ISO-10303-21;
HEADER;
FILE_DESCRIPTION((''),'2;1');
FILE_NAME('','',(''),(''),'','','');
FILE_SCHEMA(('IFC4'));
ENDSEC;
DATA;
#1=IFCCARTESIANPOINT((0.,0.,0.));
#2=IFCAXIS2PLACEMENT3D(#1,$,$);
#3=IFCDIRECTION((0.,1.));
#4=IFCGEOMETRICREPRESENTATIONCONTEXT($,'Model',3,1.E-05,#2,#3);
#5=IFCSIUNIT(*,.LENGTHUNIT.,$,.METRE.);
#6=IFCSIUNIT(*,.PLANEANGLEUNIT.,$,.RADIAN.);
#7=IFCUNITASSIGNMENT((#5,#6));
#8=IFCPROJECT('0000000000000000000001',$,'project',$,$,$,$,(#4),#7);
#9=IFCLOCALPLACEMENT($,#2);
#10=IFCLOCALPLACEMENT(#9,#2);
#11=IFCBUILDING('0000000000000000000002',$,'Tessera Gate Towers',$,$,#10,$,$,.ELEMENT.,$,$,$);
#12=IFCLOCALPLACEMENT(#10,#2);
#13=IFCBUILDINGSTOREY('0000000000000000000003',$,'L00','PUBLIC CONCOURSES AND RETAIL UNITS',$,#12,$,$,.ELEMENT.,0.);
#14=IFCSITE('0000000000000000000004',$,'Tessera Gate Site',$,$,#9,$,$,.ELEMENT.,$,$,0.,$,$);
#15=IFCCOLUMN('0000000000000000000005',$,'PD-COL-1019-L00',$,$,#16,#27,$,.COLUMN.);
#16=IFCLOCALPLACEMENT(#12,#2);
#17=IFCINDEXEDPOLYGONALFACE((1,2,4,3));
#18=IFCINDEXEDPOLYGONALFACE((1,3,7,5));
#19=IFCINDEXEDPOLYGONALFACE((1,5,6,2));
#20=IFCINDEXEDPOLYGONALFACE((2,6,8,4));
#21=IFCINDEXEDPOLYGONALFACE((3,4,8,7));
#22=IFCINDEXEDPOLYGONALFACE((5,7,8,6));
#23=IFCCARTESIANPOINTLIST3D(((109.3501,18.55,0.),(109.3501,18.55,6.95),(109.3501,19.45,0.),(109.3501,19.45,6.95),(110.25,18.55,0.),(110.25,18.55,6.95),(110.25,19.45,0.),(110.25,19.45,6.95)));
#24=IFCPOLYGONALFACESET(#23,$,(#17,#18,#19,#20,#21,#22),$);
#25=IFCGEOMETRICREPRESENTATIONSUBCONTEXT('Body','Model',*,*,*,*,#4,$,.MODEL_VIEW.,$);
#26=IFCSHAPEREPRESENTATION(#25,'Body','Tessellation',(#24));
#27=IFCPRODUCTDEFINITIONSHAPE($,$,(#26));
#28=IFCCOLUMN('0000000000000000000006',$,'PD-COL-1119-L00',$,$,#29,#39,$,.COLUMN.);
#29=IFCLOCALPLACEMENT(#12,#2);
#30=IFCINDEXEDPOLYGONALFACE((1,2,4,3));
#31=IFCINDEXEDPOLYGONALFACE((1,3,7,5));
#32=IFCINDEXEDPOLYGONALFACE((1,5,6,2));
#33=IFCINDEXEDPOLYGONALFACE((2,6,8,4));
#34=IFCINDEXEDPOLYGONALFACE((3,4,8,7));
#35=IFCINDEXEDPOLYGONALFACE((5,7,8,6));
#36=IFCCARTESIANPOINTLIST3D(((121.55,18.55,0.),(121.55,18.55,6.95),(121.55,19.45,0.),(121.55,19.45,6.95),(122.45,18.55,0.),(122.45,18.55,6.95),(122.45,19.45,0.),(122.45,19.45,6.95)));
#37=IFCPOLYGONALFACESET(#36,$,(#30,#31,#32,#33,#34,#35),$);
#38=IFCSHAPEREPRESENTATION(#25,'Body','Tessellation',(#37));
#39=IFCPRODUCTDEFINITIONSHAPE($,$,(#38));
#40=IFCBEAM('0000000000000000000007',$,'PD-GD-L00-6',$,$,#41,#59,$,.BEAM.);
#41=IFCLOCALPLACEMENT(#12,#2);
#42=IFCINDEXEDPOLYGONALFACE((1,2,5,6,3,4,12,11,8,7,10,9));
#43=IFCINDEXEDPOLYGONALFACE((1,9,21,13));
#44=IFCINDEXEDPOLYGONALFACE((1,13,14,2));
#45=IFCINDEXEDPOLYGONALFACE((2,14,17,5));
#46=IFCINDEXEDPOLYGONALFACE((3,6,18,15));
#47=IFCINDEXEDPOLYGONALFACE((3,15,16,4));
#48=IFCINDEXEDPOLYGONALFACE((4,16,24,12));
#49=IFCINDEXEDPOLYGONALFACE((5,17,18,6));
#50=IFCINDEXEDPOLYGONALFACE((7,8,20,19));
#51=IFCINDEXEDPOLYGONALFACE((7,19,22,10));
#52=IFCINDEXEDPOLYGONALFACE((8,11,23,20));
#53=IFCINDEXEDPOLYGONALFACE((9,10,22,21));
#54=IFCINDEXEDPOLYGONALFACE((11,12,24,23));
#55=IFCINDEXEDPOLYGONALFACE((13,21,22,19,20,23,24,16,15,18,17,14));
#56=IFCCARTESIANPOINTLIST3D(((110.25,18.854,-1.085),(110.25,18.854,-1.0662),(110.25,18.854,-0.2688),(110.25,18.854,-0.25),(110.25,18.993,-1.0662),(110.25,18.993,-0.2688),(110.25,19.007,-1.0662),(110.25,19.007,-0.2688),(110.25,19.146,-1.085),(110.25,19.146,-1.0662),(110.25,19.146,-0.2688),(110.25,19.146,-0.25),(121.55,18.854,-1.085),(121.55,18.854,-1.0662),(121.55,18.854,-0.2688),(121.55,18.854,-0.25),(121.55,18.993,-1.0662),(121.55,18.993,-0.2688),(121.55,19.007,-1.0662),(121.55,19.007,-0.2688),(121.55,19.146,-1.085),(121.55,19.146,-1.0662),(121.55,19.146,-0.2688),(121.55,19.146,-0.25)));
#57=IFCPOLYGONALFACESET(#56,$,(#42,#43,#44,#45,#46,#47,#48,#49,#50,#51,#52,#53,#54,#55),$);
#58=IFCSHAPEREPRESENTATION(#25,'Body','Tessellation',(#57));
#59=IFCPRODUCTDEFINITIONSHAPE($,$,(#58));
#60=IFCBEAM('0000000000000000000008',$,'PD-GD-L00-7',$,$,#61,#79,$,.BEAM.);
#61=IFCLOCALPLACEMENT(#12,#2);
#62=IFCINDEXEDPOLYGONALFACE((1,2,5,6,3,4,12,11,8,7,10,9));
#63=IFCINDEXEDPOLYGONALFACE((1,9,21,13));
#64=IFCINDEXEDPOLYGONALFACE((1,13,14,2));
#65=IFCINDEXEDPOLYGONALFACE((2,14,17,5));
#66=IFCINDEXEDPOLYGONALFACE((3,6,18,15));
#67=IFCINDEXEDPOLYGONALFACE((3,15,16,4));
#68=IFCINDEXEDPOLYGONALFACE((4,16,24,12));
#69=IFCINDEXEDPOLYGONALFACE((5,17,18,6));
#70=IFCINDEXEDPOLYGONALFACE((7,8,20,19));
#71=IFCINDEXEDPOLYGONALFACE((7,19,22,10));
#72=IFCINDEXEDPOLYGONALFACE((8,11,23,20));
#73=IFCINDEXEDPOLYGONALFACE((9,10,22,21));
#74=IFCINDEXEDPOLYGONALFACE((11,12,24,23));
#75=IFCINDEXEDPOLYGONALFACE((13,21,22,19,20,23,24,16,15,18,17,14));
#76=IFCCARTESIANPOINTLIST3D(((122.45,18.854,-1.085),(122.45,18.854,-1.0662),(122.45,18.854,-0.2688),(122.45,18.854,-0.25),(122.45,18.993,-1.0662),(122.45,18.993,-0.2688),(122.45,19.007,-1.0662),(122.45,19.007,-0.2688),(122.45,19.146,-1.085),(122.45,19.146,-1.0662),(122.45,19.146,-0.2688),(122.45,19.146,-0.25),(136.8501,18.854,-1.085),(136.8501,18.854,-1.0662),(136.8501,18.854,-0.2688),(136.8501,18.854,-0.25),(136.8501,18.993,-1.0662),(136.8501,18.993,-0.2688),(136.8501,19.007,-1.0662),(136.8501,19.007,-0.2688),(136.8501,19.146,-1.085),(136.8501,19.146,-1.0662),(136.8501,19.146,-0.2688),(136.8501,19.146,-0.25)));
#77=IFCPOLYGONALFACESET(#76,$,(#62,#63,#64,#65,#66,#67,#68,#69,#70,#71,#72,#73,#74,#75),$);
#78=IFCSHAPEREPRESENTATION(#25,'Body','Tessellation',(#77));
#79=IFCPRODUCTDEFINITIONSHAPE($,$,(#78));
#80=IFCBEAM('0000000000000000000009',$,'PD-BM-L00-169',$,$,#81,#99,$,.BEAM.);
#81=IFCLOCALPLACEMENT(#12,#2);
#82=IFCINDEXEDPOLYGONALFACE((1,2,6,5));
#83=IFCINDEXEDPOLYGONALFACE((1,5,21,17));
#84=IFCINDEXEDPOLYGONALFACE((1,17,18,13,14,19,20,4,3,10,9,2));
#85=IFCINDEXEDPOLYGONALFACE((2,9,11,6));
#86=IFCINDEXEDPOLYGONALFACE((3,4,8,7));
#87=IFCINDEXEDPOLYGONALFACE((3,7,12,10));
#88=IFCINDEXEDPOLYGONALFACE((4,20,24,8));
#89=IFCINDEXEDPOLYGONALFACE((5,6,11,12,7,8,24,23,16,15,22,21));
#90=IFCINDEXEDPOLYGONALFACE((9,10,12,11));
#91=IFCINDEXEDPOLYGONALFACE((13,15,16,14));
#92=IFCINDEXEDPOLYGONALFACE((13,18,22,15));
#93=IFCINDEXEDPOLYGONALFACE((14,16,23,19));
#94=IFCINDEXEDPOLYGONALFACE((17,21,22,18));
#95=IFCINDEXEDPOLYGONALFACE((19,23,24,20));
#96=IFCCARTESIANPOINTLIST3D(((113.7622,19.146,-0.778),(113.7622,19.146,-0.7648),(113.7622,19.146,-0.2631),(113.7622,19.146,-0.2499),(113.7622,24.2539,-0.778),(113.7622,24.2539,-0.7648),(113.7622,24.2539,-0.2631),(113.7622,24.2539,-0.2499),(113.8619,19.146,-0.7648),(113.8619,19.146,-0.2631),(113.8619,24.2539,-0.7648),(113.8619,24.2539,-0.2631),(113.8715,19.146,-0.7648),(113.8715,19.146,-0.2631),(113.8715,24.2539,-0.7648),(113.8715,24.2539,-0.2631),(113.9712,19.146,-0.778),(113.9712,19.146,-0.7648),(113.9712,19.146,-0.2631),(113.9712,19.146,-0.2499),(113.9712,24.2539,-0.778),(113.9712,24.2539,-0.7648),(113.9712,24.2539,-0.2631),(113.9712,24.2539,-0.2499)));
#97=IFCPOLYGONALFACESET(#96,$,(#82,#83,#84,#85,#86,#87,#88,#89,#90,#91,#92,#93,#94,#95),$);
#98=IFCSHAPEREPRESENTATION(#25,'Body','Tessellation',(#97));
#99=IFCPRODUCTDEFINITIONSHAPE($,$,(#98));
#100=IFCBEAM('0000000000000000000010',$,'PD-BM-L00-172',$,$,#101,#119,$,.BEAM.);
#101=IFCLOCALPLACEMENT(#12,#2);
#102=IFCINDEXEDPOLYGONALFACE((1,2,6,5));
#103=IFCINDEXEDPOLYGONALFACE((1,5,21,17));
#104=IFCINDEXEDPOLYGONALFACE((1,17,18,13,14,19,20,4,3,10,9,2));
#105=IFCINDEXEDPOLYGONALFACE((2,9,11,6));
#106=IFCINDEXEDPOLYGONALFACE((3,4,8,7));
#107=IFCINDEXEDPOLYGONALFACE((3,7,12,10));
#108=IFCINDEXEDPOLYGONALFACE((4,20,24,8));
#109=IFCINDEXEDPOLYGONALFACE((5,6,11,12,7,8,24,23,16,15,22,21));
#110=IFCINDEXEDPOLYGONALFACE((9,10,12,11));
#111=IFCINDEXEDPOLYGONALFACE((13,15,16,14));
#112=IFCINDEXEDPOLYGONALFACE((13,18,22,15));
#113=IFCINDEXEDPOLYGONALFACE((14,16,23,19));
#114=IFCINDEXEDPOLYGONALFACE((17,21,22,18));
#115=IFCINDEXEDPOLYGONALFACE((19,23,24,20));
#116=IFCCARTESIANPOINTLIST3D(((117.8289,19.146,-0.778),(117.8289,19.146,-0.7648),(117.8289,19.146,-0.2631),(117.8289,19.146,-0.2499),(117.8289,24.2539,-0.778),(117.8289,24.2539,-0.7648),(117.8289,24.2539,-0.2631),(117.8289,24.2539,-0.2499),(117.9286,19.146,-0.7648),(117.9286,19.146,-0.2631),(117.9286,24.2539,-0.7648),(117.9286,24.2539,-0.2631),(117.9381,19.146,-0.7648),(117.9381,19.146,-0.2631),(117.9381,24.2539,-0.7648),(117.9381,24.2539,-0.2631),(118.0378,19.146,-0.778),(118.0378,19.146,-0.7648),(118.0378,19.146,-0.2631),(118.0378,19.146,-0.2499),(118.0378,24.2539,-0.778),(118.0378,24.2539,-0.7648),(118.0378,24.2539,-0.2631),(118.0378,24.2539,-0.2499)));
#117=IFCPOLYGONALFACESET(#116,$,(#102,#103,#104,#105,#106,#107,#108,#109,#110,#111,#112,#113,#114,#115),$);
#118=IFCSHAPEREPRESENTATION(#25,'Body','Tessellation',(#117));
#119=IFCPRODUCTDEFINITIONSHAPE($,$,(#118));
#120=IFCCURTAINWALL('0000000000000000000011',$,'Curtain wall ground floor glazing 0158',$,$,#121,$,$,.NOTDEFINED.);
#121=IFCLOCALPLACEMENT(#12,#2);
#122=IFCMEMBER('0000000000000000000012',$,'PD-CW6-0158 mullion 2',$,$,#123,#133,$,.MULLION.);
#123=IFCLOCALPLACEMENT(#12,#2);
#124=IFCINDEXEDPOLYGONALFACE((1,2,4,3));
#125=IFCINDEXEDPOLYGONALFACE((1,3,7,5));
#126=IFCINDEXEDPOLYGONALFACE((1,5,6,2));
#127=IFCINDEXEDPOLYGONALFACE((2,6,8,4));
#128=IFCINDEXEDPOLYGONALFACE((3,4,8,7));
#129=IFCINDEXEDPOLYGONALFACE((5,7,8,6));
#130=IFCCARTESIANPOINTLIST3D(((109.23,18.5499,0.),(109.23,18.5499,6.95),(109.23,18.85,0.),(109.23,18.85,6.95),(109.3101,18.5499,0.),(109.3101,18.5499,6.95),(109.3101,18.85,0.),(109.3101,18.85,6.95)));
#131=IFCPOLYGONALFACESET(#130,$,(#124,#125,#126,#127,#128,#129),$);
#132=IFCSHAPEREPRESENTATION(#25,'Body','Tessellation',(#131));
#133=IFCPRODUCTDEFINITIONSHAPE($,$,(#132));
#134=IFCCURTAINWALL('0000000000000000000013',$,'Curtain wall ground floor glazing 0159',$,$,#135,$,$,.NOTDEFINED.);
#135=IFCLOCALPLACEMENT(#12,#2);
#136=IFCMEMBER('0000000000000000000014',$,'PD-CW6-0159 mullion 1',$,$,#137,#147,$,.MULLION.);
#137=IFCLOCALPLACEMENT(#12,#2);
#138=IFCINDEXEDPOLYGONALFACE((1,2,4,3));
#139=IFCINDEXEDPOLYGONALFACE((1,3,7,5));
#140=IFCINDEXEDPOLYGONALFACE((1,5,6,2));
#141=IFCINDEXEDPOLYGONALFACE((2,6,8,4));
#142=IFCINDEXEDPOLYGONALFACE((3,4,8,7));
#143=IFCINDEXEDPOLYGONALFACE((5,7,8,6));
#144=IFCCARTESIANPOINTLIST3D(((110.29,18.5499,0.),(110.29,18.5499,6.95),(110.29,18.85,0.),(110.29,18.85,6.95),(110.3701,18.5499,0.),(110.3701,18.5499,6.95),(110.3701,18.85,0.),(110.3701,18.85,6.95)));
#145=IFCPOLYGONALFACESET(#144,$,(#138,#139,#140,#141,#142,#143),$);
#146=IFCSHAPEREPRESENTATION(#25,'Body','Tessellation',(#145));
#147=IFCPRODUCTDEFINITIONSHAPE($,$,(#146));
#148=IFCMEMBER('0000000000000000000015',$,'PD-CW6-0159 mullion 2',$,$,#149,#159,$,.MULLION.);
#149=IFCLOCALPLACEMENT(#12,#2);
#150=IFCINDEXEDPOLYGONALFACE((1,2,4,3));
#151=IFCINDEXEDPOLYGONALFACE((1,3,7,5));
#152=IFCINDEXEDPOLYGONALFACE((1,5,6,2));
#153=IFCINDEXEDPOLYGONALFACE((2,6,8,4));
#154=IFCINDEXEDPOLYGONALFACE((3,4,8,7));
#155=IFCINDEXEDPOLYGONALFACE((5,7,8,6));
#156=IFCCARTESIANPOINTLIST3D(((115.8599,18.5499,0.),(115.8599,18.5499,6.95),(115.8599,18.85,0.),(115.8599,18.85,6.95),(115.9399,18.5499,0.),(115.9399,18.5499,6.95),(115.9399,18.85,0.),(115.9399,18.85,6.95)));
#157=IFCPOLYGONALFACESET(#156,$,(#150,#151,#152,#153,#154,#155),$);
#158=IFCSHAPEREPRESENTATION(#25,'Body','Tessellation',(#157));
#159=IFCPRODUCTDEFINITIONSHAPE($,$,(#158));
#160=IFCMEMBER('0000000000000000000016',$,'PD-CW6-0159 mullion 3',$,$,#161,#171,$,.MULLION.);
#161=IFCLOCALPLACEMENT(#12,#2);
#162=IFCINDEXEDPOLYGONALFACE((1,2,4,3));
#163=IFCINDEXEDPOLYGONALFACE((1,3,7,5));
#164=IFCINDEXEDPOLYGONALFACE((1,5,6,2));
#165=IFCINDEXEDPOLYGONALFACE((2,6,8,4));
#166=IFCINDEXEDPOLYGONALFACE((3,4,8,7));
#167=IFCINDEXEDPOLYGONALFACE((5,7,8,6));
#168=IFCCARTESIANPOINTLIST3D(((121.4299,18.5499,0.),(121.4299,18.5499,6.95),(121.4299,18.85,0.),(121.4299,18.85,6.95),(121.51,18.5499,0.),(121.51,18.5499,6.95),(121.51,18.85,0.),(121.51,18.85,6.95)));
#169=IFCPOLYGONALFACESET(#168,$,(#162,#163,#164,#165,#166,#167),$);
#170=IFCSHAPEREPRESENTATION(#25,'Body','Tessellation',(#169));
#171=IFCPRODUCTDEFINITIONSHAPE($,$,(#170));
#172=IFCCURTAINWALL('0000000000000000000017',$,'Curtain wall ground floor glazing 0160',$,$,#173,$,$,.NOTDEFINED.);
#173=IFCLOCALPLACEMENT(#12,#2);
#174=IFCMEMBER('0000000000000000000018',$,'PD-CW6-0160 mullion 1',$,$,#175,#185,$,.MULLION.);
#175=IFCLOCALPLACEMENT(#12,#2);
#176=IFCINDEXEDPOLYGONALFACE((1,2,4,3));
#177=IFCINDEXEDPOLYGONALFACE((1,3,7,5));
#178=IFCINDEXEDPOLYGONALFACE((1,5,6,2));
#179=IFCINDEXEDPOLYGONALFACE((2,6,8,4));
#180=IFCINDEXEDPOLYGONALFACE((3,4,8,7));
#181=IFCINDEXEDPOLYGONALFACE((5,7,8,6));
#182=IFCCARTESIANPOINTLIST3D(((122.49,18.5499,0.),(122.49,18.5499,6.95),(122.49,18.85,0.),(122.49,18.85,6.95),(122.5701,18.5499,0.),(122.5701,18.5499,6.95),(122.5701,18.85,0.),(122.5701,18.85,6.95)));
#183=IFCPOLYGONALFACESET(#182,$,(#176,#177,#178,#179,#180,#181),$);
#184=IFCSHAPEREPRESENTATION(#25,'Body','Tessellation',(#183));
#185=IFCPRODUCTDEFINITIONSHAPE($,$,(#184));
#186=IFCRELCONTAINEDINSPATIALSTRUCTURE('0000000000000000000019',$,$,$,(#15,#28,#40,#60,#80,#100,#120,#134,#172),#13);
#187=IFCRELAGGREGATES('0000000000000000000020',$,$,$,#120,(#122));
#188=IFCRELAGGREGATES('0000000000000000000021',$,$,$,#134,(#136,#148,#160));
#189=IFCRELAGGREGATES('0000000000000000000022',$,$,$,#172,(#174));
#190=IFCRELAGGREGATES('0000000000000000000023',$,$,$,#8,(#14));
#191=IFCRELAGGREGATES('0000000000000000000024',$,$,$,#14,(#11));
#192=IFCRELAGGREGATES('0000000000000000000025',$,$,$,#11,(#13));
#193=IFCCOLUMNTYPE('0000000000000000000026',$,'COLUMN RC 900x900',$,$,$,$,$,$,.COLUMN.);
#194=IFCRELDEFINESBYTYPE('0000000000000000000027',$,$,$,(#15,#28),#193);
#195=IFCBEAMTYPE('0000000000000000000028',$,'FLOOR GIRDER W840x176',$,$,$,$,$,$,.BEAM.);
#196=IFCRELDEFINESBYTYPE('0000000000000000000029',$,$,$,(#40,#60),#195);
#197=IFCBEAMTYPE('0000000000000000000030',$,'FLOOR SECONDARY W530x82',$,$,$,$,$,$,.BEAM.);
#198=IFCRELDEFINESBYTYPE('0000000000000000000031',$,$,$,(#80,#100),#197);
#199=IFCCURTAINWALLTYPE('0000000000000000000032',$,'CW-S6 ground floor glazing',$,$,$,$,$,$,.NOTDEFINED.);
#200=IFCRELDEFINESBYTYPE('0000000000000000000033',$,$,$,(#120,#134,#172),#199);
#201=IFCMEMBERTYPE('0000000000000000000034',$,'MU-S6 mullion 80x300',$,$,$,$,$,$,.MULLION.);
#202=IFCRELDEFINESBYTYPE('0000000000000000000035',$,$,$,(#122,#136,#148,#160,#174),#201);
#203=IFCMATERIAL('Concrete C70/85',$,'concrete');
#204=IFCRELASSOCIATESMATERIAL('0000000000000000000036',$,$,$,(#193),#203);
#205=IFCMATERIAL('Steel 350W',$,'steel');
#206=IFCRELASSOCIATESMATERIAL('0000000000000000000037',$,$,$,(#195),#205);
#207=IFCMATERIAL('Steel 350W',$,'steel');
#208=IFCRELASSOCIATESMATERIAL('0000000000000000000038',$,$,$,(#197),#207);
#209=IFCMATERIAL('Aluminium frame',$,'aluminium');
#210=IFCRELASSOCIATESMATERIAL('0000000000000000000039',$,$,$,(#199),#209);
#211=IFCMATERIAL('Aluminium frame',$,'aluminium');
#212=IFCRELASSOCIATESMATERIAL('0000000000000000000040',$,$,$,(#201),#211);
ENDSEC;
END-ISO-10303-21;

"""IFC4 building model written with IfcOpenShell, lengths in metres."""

from ifc_helpers import new_model, si_unit, direction, frame, origin, origin_2d, place, context, subcontext, project, spatial, rectangle, i_section, extrude, material, material_profile, profile_set, type_object, element, aggregate, save


model = new_model("IFC4")

# Units and contexts
model_context = context("Model", 3, precision=1e-05, world=origin(), true_north=direction((0.0, 1.0)))
body_context = subcontext(model_context, "Body", "Model", "MODEL_VIEW")
ifc_project = project(units=[si_unit("LENGTHUNIT", "METRE"), si_unit("PLANEANGLEUNIT", "RADIAN")], contexts=[model_context])

# Site, building, storey
site_placement = place(None, origin())
site = spatial("IfcSite", under=ifc_project, at=site_placement, Name="Tessera Gate Site", CompositionType="ELEMENT", RefElevation=0.0)
building_placement = place(site_placement, origin())
building = spatial("IfcBuilding", under=site, at=building_placement, Name="Tessera Gate Towers", CompositionType="ELEMENT")
storey_placement = place(building_placement, origin())
storey = spatial("IfcBuildingStorey", under=building, at=storey_placement, Name="L00", Description="PUBLIC CONCOURSES AND RETAIL UNITS", CompositionType="ELEMENT", Elevation=0.0)

# Columns
ifc_material_1 = material(Name="Concrete C70/85", Category="concrete")
ifc_material_profile_1 = material_profile(ifc_material_1, rectangle(XDim=0.8999, YDim=0.8999, at=origin_2d()), Name="RC 900x900")
ifc_profile_set_1 = profile_set([ifc_material_profile_1], Name="Concrete C70/85")
column_type = type_object("IfcColumnType", Name="COLUMN RC 900x900", PredefinedType="COLUMN", material=ifc_profile_set_1)
for number, where, z_axis, x_axis, name in (
    (1, (109.8, 19.0, 0.0), (0.0, 0.0, 1.0), (1.0, 0.0, 0.0), "PD-COL-1019-L00"),
    (2, (122.0, 19.0, 0.0), (0.0, 0.0, 1.0), (1.0, 0.0, 0.0), "PD-COL-1119-L00"),
):
    element("IfcColumn", number, at=place(storey_placement, frame(where, z_axis=z_axis, x_axis=x_axis)), inside=storey, type_object=column_type, Name=name, PredefinedType="COLUMN", context=body_context, shape_type="SweptSolid", body=[
        extrude(rectangle(XDim=0.8999, YDim=0.8999, at=origin_2d()), origin(), (0.0, 0.0, 1.0), 6.95),
    ])

# Beams
ifc_material_2 = material(Name="Steel 350W", Category="steel")
ifc_material_profile_2 = material_profile(ifc_material_2, i_section(OverallWidth=0.292, OverallDepth=0.835, WebThickness=0.0139, FlangeThickness=0.0188, at=origin_2d()), Name="W840x176")
ifc_profile_set_2 = profile_set([ifc_material_profile_2], Name="Steel 350W")
beam_type_1 = type_object("IfcBeamType", Name="FLOOR GIRDER W840x176", PredefinedType="BEAM", material=ifc_profile_set_2)
beam_1_placement = place(storey_placement, frame((110.25, 19.0, -0.6675), z_axis=(1.0, 0.0, 0.0), x_axis=(0.0, 1.0, 0.0)))
element("IfcBeam", 3, at=beam_1_placement, inside=storey, type_object=beam_type_1, Name="PD-GD-L00-6", PredefinedType="BEAM", context=body_context, shape_type="SweptSolid", body=[
    extrude(i_section(OverallWidth=0.292, OverallDepth=0.835, WebThickness=0.0139, FlangeThickness=0.0188, at=origin_2d()), origin(), (0.0, 0.0, 1.0), 11.3),
])
beam_2_placement = place(storey_placement, frame((122.45, 19.0, -0.6675), z_axis=(1.0, 0.0, 0.0), x_axis=(0.0, 1.0, 0.0)))
element("IfcBeam", 4, at=beam_2_placement, inside=storey, type_object=beam_type_1, Name="PD-GD-L00-7", PredefinedType="BEAM", context=body_context, shape_type="SweptSolid", body=[
    extrude(i_section(OverallWidth=0.292, OverallDepth=0.835, WebThickness=0.0139, FlangeThickness=0.0188, at=origin_2d()), origin(), (0.0, 0.0, 1.0), 14.4001),
])
ifc_material_3 = material(Name="Steel 350W", Category="steel")
ifc_material_profile_3 = material_profile(ifc_material_3, i_section(OverallWidth=0.209, OverallDepth=0.5281, WebThickness=0.0095, FlangeThickness=0.0132, at=origin_2d()), Name="W530x82")
ifc_profile_set_3 = profile_set([ifc_material_profile_3], Name="Steel 350W")
beam_type_2 = type_object("IfcBeamType", Name="FLOOR SECONDARY W530x82", PredefinedType="BEAM", material=ifc_profile_set_3)
for number, where, z_axis, x_axis, name in (
    (5, (113.8667, 19.146, -0.5139), (0.0, 1.0, 0.0), (-1.0, 0.0, 0.0), "PD-BM-L00-169"),
    (6, (117.9333, 19.146, -0.5139), (0.0, 1.0, 0.0), (-1.0, 0.0, 0.0), "PD-BM-L00-172"),
):
    element("IfcBeam", number, at=place(storey_placement, frame(where, z_axis=z_axis, x_axis=x_axis)), inside=storey, type_object=beam_type_2, Name=name, PredefinedType="BEAM", context=body_context, shape_type="SweptSolid", body=[
        extrude(i_section(OverallWidth=0.209, OverallDepth=0.5281, WebThickness=0.0095, FlangeThickness=0.0132, at=origin_2d()), origin(), (0.0, 0.0, 1.0), 5.1079),
    ])

# Curtain wall, member
ifc_material_4 = material(Name="Aluminium frame", Category="aluminium")
curtain_wall_type = type_object("IfcCurtainWallType", Name="CW-S6 ground floor glazing", PredefinedType="NOTDEFINED", material=ifc_material_4)
curtain_wall_1_placement = place(storey_placement, origin())
curtain_wall_1 = element("IfcCurtainWall", 7, at=curtain_wall_1_placement, inside=storey, type_object=curtain_wall_type, Name="Curtain wall ground floor glazing 0158", PredefinedType="NOTDEFINED")
ifc_material_5 = material(Name="Aluminium frame", Category="aluminium")
ifc_material_profile_4 = material_profile(ifc_material_5, rectangle(XDim=0.0801, YDim=0.3, at=origin_2d()), Name="AL 80x300")
ifc_profile_set_4 = profile_set([ifc_material_profile_4], Name="Aluminium frame")
member_type_1 = type_object("IfcMemberType", Name="MU-S6 mullion 80x300", PredefinedType="MULLION", material=ifc_profile_set_4)
member_1_placement = place(storey_placement, frame((109.27, 18.7, 0.0), z_axis=(0.0, 0.0, 1.0), x_axis=(1.0, 0.0, 0.0)))
member_1 = element("IfcMember", 8, at=member_1_placement, type_object=member_type_1, Name="PD-CW6-0158 mullion 2", PredefinedType="MULLION", context=body_context, shape_type="SweptSolid", body=[
    extrude(rectangle(XDim=0.0801, YDim=0.3, at=origin_2d()), origin(), (0.0, 0.0, 1.0), 6.95),
])
aggregate(curtain_wall_1, [member_1])

# Curtain wall, members
curtain_wall_2_placement = place(storey_placement, origin())
curtain_wall_2 = element("IfcCurtainWall", 9, at=curtain_wall_2_placement, inside=storey, type_object=curtain_wall_type, Name="Curtain wall ground floor glazing 0159", PredefinedType="NOTDEFINED")
member_2_placement = place(storey_placement, frame((110.3301, 18.7, 0.0), z_axis=(0.0, 0.0, 1.0), x_axis=(1.0, 0.0, 0.0)))
member_2 = element("IfcMember", 10, at=member_2_placement, type_object=member_type_1, Name="PD-CW6-0159 mullion 1", PredefinedType="MULLION", context=body_context, shape_type="SweptSolid", body=[
    extrude(rectangle(XDim=0.0801, YDim=0.3, at=origin_2d()), origin(), (0.0, 0.0, 1.0), 6.95),
])
member_3_placement = place(storey_placement, frame((115.8999, 18.7, 0.0), z_axis=(0.0, 0.0, 1.0), x_axis=(1.0, 0.0, 0.0)))
member_3 = element("IfcMember", 11, at=member_3_placement, type_object=member_type_1, Name="PD-CW6-0159 mullion 2", PredefinedType="MULLION", context=body_context, shape_type="SweptSolid", body=[
    extrude(rectangle(XDim=0.0801, YDim=0.3, at=origin_2d()), origin(), (0.0, 0.0, 1.0), 6.95),
])
member_4_placement = place(storey_placement, frame((121.47, 18.7, 0.0), z_axis=(0.0, 0.0, 1.0), x_axis=(1.0, 0.0, 0.0)))
member_4 = element("IfcMember", 12, at=member_4_placement, type_object=member_type_1, Name="PD-CW6-0159 mullion 3", PredefinedType="MULLION", context=body_context, shape_type="SweptSolid", body=[
    extrude(rectangle(XDim=0.0801, YDim=0.3, at=origin_2d()), origin(), (0.0, 0.0, 1.0), 6.95),
])

# Curtain wall, member
curtain_wall_3_placement = place(storey_placement, origin())
curtain_wall_3 = element("IfcCurtainWall", 13, at=curtain_wall_3_placement, inside=storey, type_object=curtain_wall_type, Name="Curtain wall ground floor glazing 0160", PredefinedType="NOTDEFINED")
member_5_placement = place(storey_placement, frame((122.53, 18.7, 0.0), z_axis=(0.0, 0.0, 1.0), x_axis=(1.0, 0.0, 0.0)))
member_5 = element("IfcMember", 14, at=member_5_placement, type_object=member_type_1, Name="PD-CW6-0160 mullion 1", PredefinedType="MULLION", context=body_context, shape_type="SweptSolid", body=[
    extrude(rectangle(XDim=0.0801, YDim=0.3, at=origin_2d()), origin(), (0.0, 0.0, 1.0), 6.95),
])

aggregate(curtain_wall_2, [member_2, member_3, member_4])
aggregate(curtain_wall_3, [member_5])

save(model, "model.ifc")
